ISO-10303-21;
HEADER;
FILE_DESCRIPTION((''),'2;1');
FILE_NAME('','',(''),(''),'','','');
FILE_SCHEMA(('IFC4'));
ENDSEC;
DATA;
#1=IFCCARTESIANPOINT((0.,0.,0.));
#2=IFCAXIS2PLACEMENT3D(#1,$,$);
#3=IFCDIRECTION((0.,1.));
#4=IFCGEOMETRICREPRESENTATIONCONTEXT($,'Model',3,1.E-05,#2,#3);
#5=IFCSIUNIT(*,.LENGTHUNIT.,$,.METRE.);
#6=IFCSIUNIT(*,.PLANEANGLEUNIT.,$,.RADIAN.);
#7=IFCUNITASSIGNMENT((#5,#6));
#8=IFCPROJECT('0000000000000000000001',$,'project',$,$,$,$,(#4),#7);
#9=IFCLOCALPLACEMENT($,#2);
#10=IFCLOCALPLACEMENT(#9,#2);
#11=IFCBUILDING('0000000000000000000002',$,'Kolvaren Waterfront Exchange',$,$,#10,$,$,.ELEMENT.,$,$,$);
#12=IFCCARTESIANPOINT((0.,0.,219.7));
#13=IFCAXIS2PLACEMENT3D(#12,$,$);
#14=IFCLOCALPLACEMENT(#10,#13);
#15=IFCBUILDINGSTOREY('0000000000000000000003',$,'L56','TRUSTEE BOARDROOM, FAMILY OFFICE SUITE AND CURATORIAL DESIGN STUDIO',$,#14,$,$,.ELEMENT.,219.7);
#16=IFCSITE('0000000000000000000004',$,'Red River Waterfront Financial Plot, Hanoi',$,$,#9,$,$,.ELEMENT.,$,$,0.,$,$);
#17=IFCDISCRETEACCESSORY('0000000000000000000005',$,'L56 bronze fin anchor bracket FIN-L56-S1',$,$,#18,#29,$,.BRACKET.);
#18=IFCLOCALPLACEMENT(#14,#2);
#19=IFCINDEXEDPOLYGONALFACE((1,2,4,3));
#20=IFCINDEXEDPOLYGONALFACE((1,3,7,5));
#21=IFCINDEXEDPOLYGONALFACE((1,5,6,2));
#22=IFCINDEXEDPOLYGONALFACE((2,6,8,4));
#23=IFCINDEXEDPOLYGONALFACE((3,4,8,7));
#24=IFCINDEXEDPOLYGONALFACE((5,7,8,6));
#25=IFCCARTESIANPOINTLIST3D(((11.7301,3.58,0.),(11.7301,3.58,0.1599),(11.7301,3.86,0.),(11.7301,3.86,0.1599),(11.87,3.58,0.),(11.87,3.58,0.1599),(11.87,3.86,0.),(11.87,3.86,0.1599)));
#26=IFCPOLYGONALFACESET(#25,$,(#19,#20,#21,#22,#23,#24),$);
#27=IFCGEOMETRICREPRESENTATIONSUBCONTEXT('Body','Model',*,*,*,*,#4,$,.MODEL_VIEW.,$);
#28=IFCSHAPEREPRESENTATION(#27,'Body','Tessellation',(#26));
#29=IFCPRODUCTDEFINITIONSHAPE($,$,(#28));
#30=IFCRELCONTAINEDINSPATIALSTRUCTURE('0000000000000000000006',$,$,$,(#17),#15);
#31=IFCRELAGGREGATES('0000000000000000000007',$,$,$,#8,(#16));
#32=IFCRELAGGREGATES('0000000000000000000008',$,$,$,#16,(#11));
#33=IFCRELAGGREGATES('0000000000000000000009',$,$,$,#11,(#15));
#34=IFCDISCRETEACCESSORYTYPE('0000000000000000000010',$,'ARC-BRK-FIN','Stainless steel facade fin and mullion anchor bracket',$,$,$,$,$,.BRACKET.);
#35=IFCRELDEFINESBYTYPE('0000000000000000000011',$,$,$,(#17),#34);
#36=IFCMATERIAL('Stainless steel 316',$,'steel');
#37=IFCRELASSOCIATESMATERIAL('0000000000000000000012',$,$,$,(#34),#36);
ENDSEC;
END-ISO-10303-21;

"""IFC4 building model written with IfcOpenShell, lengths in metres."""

from ifc_helpers import new_model, si_unit, direction, frame, origin, origin_with_axes, origin_2d, place, context, subcontext, project, spatial, rectangle, extrude, source, transform, mapped, material, type_object, element, save


model = new_model("IFC4")

# Units and contexts
model_context = context("Model", 3, precision=1e-05, world=origin(), true_north=direction((0.0, 1.0)))
body_context = subcontext(model_context, "Body", "Model", "MODEL_VIEW")
ifc_project = project(units=[si_unit("LENGTHUNIT", "METRE"), si_unit("PLANEANGLEUNIT", "RADIAN")], contexts=[model_context])

# Site, building, storey
site_placement = place(None, origin())
site = spatial("IfcSite", under=ifc_project, at=site_placement, Name="Red River Waterfront Financial Plot, Hanoi", CompositionType="ELEMENT", RefElevation=0.0)
building_placement = place(site_placement, origin())
building = spatial("IfcBuilding", under=site, at=building_placement, Name="Kolvaren Waterfront Exchange", CompositionType="ELEMENT")
storey_placement = place(building_placement, frame((0.0, 0.0, 219.7)))
storey = spatial("IfcBuildingStorey", under=building, at=storey_placement, Name="L56", Description="TRUSTEE BOARDROOM, FAMILY OFFICE SUITE AND CURATORIAL DESIGN STUDIO", CompositionType="ELEMENT", Elevation=219.7)

# Discrete accessory
ifc_material_1 = material(Name="Stainless steel 316", Category="steel")
discrete_accessory_type = type_object("IfcDiscreteAccessoryType", Name="ARC-BRK-FIN", Description="Stainless steel facade fin and mullion anchor bracket", PredefinedType="BRACKET", material=ifc_material_1)
shared_shape_1 = source(origin_with_axes(), body_context, "Body", "SweptSolid", [
    extrude(rectangle(XDim=0.28, YDim=0.1399, at=origin_2d()), origin(), (0.0, 0.0, 1.0), 0.1599),
])
discrete_accessory_placement = place(storey_placement, frame((11.8, 3.72, 0.0), z_axis=(0.0, 0.0, 1.0), x_axis=(0.0, -1.0, 0.0)))
element("IfcDiscreteAccessory", 1, at=discrete_accessory_placement, inside=storey, type_object=discrete_accessory_type, Name="L56 bronze fin anchor bracket FIN-L56-S1", PredefinedType="BRACKET", context=body_context, shape_type="MappedRepresentation", body=[
    mapped(shared_shape_1, transform((0.0, 0.0, 0.0), x_axis=(1.0, 0.0, 0.0), y_axis=(0.0, 1.0, 0.0), z_axis=(0.0, 0.0, 1.0), scale=1.0)),
])

save(model, "model.ifc")
